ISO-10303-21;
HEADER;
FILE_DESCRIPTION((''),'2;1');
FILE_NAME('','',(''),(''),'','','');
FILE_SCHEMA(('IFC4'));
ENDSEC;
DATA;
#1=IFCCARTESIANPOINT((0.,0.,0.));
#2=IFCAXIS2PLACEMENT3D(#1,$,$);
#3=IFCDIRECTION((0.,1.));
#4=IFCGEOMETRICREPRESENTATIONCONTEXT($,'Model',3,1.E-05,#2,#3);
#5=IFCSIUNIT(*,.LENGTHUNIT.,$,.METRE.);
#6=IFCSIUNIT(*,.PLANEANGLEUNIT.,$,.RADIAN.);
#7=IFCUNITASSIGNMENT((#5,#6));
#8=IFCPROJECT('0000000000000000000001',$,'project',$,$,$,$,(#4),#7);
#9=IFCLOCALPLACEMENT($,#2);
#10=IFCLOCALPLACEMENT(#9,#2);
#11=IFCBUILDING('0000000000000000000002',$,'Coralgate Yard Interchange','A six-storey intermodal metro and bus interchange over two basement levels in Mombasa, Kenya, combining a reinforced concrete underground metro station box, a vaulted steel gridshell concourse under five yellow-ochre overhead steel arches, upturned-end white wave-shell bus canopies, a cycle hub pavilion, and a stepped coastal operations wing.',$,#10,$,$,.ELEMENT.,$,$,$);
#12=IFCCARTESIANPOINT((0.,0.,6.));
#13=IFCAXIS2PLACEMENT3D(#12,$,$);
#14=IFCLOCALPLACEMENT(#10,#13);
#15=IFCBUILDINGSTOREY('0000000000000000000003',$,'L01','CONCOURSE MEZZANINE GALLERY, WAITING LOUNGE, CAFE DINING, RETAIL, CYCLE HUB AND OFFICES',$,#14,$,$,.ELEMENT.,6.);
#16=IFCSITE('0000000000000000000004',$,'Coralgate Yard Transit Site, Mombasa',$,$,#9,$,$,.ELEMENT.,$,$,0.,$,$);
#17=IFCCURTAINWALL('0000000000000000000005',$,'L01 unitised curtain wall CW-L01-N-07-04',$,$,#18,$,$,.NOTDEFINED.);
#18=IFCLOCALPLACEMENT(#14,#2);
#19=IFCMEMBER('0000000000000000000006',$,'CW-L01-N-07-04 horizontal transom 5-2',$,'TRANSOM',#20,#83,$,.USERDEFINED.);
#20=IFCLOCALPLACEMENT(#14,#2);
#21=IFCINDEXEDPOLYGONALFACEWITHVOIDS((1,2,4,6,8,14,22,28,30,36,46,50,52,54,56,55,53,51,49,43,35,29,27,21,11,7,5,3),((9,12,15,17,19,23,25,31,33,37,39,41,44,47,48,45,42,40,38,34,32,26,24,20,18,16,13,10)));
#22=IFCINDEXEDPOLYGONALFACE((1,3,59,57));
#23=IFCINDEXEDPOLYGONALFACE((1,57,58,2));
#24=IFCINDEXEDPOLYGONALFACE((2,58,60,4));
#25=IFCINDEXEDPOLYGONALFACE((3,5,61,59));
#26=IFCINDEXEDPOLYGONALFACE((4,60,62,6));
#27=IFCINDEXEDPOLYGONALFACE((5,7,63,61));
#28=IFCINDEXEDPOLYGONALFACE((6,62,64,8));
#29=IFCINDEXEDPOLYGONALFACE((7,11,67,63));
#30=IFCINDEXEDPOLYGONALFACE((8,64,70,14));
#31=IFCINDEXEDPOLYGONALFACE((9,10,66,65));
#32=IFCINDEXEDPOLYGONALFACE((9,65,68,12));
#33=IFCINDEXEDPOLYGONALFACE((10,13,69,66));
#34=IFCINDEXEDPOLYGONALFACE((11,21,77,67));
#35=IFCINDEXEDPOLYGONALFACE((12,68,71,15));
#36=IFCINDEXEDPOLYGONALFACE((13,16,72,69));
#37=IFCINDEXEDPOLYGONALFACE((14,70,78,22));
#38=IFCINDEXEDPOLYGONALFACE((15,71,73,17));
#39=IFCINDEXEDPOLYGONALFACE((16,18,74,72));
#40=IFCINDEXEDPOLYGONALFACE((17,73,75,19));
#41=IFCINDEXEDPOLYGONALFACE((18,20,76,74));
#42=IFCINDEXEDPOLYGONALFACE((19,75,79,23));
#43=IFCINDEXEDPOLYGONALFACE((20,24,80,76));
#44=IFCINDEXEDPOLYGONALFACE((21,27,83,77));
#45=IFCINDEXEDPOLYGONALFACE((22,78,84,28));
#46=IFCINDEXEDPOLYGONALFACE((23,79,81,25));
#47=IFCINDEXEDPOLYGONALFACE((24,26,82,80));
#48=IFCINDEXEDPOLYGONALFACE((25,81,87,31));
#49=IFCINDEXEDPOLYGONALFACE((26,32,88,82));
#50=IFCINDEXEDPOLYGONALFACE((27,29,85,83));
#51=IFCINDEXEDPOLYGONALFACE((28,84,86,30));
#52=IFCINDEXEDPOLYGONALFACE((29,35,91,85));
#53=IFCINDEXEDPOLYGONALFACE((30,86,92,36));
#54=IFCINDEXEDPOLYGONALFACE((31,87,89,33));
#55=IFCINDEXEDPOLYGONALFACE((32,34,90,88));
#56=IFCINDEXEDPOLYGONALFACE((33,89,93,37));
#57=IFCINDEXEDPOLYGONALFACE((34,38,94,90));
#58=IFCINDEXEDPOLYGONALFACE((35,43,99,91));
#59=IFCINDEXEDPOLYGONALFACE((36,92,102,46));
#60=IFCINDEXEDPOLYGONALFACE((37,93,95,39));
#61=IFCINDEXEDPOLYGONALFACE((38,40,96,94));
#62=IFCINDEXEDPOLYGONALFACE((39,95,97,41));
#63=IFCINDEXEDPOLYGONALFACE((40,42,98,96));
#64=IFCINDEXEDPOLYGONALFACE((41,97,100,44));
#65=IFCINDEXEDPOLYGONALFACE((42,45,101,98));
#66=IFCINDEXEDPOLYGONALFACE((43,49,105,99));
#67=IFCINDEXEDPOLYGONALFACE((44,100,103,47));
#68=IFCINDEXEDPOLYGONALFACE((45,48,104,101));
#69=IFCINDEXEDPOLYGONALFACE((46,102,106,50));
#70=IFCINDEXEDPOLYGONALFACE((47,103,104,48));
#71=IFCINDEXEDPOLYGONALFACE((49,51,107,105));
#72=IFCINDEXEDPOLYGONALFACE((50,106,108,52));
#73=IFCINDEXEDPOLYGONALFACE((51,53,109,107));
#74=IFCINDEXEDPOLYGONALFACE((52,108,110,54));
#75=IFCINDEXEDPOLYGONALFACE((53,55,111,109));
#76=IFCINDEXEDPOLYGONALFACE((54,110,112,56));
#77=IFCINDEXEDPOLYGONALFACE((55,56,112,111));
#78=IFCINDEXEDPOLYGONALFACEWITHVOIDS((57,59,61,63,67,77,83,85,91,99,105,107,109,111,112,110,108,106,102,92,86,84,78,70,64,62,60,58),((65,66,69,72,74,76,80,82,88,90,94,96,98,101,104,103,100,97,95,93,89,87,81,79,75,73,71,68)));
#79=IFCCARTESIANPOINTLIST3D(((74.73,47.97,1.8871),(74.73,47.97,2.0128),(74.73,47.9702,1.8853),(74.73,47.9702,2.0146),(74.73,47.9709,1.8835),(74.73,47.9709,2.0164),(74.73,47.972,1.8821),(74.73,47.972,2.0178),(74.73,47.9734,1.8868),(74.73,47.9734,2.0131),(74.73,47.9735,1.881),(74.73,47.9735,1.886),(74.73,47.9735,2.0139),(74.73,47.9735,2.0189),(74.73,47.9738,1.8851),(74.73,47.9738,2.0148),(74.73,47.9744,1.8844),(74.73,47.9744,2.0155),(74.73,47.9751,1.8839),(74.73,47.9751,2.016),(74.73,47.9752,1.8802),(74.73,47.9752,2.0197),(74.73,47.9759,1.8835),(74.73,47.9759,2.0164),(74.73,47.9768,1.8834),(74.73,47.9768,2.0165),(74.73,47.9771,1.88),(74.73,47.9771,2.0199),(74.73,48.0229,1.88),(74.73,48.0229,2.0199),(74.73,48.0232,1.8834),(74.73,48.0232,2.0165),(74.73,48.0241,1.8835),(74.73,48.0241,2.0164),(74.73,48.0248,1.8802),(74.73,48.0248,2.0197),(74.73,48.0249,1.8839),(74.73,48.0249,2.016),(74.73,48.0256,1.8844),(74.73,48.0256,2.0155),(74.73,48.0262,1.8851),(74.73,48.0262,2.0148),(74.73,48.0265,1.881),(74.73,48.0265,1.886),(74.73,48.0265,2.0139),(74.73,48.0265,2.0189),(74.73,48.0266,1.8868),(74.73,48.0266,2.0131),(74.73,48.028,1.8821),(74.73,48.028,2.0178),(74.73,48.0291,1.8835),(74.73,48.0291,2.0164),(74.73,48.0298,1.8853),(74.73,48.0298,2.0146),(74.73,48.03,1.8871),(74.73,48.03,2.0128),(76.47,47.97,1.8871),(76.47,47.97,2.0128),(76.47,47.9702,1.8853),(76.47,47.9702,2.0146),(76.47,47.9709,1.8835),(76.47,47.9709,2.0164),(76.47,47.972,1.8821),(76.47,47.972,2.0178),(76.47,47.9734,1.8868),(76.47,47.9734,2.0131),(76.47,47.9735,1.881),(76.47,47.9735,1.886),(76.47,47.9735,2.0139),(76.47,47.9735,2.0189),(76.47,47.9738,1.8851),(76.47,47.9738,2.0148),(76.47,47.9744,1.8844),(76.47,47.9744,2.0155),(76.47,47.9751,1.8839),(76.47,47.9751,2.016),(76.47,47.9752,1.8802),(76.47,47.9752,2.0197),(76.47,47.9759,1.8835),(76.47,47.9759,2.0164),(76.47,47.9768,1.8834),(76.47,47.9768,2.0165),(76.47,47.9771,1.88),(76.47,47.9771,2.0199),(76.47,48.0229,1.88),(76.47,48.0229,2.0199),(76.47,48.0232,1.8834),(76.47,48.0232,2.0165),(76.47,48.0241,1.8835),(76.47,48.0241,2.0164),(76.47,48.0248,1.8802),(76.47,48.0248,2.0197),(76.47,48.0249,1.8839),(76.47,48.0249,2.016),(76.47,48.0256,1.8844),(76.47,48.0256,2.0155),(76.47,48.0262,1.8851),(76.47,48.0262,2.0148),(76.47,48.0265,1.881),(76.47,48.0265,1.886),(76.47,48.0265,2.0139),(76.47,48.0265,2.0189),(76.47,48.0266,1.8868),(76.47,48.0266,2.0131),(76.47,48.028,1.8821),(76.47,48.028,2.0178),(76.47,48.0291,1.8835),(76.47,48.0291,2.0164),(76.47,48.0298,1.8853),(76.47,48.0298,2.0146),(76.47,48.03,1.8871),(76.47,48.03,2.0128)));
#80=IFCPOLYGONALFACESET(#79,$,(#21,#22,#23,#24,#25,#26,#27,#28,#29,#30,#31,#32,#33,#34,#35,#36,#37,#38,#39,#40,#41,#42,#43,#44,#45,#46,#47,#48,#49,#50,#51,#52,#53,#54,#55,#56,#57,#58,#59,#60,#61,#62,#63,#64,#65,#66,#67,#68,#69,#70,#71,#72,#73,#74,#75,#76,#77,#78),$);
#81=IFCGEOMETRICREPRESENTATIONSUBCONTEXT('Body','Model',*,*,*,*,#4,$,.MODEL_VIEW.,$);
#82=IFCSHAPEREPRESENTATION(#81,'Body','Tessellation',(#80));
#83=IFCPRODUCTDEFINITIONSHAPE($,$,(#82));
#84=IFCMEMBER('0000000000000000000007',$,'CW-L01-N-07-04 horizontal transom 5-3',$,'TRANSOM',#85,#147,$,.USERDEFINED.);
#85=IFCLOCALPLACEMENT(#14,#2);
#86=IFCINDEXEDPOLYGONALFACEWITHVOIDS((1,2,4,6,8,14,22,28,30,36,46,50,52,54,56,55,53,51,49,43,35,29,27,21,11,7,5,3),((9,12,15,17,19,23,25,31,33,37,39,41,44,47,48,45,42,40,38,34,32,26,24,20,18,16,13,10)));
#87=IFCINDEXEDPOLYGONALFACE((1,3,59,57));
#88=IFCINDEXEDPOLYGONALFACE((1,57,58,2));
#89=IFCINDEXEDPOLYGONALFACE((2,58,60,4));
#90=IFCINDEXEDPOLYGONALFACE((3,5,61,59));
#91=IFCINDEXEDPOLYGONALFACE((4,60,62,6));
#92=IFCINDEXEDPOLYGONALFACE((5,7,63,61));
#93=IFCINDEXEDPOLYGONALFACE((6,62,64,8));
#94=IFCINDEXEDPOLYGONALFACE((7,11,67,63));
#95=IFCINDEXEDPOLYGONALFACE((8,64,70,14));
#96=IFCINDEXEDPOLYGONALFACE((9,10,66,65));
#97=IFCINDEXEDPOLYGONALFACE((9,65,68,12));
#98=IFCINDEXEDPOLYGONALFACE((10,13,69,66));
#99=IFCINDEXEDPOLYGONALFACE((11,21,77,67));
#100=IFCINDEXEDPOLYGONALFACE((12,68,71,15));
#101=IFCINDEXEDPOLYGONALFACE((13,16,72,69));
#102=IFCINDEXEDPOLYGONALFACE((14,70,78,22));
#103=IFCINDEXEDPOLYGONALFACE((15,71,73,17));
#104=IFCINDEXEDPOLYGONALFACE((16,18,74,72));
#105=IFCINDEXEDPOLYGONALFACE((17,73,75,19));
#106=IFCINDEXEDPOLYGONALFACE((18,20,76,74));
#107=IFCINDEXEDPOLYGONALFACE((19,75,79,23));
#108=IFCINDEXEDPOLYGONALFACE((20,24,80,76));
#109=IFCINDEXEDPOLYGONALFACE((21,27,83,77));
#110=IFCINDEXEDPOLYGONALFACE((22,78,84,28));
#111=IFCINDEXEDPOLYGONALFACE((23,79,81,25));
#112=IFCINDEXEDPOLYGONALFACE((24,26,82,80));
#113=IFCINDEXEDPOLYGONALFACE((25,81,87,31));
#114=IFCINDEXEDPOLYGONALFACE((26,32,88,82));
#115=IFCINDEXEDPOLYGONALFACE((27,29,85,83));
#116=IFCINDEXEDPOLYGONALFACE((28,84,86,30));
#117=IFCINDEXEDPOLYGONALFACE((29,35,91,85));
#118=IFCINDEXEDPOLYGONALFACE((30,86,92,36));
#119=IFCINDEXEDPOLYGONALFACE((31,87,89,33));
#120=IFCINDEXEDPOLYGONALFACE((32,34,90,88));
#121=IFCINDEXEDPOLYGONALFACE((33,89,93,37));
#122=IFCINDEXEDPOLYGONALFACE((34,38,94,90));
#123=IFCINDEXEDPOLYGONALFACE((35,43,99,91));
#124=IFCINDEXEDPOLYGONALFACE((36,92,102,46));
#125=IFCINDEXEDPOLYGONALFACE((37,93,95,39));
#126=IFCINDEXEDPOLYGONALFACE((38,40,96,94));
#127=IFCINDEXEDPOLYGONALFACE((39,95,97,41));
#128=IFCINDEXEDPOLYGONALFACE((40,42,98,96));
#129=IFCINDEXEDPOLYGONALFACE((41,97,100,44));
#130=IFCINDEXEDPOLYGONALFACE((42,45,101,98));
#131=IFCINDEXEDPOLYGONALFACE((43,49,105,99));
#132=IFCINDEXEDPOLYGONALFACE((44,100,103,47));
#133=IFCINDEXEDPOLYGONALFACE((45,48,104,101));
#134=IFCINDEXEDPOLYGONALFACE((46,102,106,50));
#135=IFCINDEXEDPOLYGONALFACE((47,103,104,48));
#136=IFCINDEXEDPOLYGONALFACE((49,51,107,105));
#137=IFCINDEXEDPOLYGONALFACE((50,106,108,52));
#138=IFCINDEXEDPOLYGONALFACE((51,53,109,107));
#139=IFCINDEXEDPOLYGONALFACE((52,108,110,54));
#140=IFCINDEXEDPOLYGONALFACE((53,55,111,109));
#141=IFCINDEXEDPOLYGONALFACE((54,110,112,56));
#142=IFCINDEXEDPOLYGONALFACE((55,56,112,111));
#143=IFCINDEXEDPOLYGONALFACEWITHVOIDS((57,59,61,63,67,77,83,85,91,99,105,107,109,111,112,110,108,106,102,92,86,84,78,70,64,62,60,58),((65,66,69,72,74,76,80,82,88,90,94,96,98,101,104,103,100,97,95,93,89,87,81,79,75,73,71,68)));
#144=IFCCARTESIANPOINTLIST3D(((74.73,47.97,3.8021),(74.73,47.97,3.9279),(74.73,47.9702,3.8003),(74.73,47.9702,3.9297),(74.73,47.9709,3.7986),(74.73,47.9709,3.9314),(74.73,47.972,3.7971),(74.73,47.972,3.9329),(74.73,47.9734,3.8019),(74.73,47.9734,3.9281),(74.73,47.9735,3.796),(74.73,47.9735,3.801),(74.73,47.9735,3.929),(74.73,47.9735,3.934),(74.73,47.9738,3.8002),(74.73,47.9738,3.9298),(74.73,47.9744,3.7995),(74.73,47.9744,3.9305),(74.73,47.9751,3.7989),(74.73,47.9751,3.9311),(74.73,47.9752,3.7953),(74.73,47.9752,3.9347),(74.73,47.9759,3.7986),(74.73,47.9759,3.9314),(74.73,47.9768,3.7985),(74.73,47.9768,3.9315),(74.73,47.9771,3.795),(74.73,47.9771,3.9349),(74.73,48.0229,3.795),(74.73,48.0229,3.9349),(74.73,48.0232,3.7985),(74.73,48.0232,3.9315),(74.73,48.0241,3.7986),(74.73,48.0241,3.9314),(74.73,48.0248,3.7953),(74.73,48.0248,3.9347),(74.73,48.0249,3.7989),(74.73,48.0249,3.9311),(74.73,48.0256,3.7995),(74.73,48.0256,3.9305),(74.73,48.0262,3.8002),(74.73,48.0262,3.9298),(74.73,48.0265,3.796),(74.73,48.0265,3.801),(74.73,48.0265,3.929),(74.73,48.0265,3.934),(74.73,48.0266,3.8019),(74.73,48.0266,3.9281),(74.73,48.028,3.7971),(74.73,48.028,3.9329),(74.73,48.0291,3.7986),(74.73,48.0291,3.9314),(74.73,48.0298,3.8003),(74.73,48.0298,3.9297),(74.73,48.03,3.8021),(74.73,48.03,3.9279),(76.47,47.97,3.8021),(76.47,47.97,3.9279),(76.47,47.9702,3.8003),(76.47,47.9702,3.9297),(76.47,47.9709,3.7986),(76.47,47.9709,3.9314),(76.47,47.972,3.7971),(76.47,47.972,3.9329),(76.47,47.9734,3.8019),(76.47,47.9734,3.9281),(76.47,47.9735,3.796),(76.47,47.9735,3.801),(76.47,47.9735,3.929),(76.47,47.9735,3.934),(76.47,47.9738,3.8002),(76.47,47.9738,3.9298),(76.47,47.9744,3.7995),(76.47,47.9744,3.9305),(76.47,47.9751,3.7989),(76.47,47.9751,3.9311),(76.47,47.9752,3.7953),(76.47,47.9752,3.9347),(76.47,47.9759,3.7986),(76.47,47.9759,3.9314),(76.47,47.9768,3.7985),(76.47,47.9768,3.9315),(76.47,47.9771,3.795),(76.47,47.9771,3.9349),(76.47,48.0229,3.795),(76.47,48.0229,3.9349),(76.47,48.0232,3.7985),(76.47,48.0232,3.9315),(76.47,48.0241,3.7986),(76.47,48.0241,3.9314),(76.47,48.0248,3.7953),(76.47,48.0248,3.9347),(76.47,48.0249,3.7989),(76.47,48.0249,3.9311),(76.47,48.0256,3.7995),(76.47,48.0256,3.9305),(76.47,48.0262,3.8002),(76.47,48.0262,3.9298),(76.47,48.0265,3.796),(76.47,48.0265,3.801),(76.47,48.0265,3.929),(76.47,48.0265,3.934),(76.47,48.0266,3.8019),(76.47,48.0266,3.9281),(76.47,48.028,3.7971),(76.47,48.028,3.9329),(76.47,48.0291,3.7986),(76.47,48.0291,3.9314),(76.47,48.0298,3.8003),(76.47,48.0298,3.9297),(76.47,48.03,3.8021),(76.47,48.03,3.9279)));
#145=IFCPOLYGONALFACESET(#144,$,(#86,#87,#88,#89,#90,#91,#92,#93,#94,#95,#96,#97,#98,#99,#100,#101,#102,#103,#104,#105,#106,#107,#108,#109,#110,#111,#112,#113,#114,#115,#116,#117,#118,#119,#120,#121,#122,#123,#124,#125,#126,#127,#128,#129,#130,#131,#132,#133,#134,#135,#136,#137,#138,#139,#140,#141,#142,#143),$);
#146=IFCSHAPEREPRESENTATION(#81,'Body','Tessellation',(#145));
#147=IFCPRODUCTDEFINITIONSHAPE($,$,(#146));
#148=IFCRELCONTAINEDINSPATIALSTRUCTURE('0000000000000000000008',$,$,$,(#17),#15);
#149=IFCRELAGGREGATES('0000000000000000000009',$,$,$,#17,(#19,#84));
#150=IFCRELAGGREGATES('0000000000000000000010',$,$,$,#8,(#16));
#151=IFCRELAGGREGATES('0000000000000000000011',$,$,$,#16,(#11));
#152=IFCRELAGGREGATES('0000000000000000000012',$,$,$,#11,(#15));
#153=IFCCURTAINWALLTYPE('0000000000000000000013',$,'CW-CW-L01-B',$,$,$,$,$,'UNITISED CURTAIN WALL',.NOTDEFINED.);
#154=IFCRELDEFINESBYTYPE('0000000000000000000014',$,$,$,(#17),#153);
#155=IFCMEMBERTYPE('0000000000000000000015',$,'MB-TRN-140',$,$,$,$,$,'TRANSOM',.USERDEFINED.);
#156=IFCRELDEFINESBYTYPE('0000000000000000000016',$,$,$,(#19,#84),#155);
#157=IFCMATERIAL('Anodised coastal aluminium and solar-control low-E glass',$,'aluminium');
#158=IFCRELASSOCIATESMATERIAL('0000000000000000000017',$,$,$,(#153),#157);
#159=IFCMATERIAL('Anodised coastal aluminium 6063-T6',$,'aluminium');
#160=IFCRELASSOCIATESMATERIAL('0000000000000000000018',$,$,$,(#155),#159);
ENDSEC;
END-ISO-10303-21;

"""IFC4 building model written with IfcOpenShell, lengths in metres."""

from ifc_helpers import new_model, si_unit, direction, frame, origin, origin_2d, place, context, subcontext, project, spatial, hollow_rectangle, extrude, material, material_profile, profile_set, type_object, element, aggregate, save


model = new_model("IFC4")

# Units and contexts
model_context = context("Model", 3, precision=1e-05, world=origin(), true_north=direction((0.0, 1.0)))
body_context = subcontext(model_context, "Body", "Model", "MODEL_VIEW")
ifc_project = project(units=[si_unit("LENGTHUNIT", "METRE"), si_unit("PLANEANGLEUNIT", "RADIAN")], contexts=[model_context])

# Site, building, storey
site_placement = place(None, origin())
site = spatial("IfcSite", under=ifc_project, at=site_placement, Name="Coralgate Yard Transit Site, Mombasa", CompositionType="ELEMENT", RefElevation=0.0)
building_placement = place(site_placement, origin())
building = spatial("IfcBuilding", under=site, at=building_placement, Name="Coralgate Yard Interchange", Description="A six-storey intermodal metro and bus interchange over two basement levels in Mombasa, Kenya, combining a reinforced concrete underground metro station box, a vaulted steel gridshell concourse under five yellow-ochre overhead steel arches, upturned-end white wave-shell bus canopies, a cycle hub pavilion, and a stepped coastal operations wing.", CompositionType="ELEMENT")
storey_placement = place(building_placement, frame((0.0, 0.0, 6.0)))
storey = spatial("IfcBuildingStorey", under=building, at=storey_placement, Name="L01", Description="CONCOURSE MEZZANINE GALLERY, WAITING LOUNGE, CAFE DINING, RETAIL, CYCLE HUB AND OFFICES", CompositionType="ELEMENT", Elevation=6.0)

# Shared definitions
ifc_material_1 = material(Name="Anodised coastal aluminium and solar-control low-E glass", Category="aluminium")
ifc_material_2 = material(Name="Anodised coastal aluminium 6063-T6", Category="aluminium")

# Curtain wall
curtain_wall_type_1 = type_object("IfcCurtainWallType", Name="CW-CW-L01-B", ElementType="UNITISED CURTAIN WALL", PredefinedType="NOTDEFINED", material=ifc_material_1)
curtain_wall_1_placement = place(storey_placement, origin())
curtain_wall_1 = element("IfcCurtainWall", 1, at=curtain_wall_1_placement, inside=storey, type_object=curtain_wall_type_1, Name="L01 unitised curtain wall CW-L01-N-07-04", PredefinedType="NOTDEFINED")

# Members
ifc_material_profile_1 = material_profile(ifc_material_2, hollow_rectangle(XDim=0.0601, YDim=0.1399, WallThickness=0.0034, InnerFilletRadius=0.0034, OuterFilletRadius=0.0071, at=origin_2d()), Name="ALU 60x140x3.5")
ifc_profile_set_1 = profile_set([ifc_material_profile_1], Name="Anodised coastal aluminium 6063-T6")
member_type_1 = type_object("IfcMemberType", Name="MB-TRN-140", ElementType="TRANSOM", PredefinedType="USERDEFINED", material=ifc_profile_set_1)
member_1_placement = place(storey_placement, frame((74.73, 48.0, 1.95), z_axis=(1.0, 0.0, 0.0), x_axis=(0.0, 1.0, 0.0)))
member_1 = element("IfcMember", 2, at=member_1_placement, type_object=member_type_1, Name="CW-L01-N-07-04 horizontal transom 5-2", ObjectType="TRANSOM", PredefinedType="USERDEFINED", context=body_context, shape_type="SweptSolid", body=[
    extrude(hollow_rectangle(XDim=0.0601, YDim=0.1399, WallThickness=0.0034, InnerFilletRadius=0.0034, OuterFilletRadius=0.0071, at=origin_2d()), origin(), (0.0, 0.0, 1.0), 1.74),
])
member_2_placement = place(storey_placement, frame((74.73, 48.0, 3.865), z_axis=(1.0, 0.0, 0.0), x_axis=(0.0, 1.0, 0.0)))
member_2 = element("IfcMember", 3, at=member_2_placement, type_object=member_type_1, Name="CW-L01-N-07-04 horizontal transom 5-3", ObjectType="TRANSOM", PredefinedType="USERDEFINED", context=body_context, shape_type="SweptSolid", body=[
    extrude(hollow_rectangle(XDim=0.0601, YDim=0.1399, WallThickness=0.0034, InnerFilletRadius=0.0034, OuterFilletRadius=0.0071, at=origin_2d()), origin(), (0.0, 0.0, 1.0), 1.74),
])

aggregate(curtain_wall_1, [member_1, member_2])

save(model, "model.ifc")
